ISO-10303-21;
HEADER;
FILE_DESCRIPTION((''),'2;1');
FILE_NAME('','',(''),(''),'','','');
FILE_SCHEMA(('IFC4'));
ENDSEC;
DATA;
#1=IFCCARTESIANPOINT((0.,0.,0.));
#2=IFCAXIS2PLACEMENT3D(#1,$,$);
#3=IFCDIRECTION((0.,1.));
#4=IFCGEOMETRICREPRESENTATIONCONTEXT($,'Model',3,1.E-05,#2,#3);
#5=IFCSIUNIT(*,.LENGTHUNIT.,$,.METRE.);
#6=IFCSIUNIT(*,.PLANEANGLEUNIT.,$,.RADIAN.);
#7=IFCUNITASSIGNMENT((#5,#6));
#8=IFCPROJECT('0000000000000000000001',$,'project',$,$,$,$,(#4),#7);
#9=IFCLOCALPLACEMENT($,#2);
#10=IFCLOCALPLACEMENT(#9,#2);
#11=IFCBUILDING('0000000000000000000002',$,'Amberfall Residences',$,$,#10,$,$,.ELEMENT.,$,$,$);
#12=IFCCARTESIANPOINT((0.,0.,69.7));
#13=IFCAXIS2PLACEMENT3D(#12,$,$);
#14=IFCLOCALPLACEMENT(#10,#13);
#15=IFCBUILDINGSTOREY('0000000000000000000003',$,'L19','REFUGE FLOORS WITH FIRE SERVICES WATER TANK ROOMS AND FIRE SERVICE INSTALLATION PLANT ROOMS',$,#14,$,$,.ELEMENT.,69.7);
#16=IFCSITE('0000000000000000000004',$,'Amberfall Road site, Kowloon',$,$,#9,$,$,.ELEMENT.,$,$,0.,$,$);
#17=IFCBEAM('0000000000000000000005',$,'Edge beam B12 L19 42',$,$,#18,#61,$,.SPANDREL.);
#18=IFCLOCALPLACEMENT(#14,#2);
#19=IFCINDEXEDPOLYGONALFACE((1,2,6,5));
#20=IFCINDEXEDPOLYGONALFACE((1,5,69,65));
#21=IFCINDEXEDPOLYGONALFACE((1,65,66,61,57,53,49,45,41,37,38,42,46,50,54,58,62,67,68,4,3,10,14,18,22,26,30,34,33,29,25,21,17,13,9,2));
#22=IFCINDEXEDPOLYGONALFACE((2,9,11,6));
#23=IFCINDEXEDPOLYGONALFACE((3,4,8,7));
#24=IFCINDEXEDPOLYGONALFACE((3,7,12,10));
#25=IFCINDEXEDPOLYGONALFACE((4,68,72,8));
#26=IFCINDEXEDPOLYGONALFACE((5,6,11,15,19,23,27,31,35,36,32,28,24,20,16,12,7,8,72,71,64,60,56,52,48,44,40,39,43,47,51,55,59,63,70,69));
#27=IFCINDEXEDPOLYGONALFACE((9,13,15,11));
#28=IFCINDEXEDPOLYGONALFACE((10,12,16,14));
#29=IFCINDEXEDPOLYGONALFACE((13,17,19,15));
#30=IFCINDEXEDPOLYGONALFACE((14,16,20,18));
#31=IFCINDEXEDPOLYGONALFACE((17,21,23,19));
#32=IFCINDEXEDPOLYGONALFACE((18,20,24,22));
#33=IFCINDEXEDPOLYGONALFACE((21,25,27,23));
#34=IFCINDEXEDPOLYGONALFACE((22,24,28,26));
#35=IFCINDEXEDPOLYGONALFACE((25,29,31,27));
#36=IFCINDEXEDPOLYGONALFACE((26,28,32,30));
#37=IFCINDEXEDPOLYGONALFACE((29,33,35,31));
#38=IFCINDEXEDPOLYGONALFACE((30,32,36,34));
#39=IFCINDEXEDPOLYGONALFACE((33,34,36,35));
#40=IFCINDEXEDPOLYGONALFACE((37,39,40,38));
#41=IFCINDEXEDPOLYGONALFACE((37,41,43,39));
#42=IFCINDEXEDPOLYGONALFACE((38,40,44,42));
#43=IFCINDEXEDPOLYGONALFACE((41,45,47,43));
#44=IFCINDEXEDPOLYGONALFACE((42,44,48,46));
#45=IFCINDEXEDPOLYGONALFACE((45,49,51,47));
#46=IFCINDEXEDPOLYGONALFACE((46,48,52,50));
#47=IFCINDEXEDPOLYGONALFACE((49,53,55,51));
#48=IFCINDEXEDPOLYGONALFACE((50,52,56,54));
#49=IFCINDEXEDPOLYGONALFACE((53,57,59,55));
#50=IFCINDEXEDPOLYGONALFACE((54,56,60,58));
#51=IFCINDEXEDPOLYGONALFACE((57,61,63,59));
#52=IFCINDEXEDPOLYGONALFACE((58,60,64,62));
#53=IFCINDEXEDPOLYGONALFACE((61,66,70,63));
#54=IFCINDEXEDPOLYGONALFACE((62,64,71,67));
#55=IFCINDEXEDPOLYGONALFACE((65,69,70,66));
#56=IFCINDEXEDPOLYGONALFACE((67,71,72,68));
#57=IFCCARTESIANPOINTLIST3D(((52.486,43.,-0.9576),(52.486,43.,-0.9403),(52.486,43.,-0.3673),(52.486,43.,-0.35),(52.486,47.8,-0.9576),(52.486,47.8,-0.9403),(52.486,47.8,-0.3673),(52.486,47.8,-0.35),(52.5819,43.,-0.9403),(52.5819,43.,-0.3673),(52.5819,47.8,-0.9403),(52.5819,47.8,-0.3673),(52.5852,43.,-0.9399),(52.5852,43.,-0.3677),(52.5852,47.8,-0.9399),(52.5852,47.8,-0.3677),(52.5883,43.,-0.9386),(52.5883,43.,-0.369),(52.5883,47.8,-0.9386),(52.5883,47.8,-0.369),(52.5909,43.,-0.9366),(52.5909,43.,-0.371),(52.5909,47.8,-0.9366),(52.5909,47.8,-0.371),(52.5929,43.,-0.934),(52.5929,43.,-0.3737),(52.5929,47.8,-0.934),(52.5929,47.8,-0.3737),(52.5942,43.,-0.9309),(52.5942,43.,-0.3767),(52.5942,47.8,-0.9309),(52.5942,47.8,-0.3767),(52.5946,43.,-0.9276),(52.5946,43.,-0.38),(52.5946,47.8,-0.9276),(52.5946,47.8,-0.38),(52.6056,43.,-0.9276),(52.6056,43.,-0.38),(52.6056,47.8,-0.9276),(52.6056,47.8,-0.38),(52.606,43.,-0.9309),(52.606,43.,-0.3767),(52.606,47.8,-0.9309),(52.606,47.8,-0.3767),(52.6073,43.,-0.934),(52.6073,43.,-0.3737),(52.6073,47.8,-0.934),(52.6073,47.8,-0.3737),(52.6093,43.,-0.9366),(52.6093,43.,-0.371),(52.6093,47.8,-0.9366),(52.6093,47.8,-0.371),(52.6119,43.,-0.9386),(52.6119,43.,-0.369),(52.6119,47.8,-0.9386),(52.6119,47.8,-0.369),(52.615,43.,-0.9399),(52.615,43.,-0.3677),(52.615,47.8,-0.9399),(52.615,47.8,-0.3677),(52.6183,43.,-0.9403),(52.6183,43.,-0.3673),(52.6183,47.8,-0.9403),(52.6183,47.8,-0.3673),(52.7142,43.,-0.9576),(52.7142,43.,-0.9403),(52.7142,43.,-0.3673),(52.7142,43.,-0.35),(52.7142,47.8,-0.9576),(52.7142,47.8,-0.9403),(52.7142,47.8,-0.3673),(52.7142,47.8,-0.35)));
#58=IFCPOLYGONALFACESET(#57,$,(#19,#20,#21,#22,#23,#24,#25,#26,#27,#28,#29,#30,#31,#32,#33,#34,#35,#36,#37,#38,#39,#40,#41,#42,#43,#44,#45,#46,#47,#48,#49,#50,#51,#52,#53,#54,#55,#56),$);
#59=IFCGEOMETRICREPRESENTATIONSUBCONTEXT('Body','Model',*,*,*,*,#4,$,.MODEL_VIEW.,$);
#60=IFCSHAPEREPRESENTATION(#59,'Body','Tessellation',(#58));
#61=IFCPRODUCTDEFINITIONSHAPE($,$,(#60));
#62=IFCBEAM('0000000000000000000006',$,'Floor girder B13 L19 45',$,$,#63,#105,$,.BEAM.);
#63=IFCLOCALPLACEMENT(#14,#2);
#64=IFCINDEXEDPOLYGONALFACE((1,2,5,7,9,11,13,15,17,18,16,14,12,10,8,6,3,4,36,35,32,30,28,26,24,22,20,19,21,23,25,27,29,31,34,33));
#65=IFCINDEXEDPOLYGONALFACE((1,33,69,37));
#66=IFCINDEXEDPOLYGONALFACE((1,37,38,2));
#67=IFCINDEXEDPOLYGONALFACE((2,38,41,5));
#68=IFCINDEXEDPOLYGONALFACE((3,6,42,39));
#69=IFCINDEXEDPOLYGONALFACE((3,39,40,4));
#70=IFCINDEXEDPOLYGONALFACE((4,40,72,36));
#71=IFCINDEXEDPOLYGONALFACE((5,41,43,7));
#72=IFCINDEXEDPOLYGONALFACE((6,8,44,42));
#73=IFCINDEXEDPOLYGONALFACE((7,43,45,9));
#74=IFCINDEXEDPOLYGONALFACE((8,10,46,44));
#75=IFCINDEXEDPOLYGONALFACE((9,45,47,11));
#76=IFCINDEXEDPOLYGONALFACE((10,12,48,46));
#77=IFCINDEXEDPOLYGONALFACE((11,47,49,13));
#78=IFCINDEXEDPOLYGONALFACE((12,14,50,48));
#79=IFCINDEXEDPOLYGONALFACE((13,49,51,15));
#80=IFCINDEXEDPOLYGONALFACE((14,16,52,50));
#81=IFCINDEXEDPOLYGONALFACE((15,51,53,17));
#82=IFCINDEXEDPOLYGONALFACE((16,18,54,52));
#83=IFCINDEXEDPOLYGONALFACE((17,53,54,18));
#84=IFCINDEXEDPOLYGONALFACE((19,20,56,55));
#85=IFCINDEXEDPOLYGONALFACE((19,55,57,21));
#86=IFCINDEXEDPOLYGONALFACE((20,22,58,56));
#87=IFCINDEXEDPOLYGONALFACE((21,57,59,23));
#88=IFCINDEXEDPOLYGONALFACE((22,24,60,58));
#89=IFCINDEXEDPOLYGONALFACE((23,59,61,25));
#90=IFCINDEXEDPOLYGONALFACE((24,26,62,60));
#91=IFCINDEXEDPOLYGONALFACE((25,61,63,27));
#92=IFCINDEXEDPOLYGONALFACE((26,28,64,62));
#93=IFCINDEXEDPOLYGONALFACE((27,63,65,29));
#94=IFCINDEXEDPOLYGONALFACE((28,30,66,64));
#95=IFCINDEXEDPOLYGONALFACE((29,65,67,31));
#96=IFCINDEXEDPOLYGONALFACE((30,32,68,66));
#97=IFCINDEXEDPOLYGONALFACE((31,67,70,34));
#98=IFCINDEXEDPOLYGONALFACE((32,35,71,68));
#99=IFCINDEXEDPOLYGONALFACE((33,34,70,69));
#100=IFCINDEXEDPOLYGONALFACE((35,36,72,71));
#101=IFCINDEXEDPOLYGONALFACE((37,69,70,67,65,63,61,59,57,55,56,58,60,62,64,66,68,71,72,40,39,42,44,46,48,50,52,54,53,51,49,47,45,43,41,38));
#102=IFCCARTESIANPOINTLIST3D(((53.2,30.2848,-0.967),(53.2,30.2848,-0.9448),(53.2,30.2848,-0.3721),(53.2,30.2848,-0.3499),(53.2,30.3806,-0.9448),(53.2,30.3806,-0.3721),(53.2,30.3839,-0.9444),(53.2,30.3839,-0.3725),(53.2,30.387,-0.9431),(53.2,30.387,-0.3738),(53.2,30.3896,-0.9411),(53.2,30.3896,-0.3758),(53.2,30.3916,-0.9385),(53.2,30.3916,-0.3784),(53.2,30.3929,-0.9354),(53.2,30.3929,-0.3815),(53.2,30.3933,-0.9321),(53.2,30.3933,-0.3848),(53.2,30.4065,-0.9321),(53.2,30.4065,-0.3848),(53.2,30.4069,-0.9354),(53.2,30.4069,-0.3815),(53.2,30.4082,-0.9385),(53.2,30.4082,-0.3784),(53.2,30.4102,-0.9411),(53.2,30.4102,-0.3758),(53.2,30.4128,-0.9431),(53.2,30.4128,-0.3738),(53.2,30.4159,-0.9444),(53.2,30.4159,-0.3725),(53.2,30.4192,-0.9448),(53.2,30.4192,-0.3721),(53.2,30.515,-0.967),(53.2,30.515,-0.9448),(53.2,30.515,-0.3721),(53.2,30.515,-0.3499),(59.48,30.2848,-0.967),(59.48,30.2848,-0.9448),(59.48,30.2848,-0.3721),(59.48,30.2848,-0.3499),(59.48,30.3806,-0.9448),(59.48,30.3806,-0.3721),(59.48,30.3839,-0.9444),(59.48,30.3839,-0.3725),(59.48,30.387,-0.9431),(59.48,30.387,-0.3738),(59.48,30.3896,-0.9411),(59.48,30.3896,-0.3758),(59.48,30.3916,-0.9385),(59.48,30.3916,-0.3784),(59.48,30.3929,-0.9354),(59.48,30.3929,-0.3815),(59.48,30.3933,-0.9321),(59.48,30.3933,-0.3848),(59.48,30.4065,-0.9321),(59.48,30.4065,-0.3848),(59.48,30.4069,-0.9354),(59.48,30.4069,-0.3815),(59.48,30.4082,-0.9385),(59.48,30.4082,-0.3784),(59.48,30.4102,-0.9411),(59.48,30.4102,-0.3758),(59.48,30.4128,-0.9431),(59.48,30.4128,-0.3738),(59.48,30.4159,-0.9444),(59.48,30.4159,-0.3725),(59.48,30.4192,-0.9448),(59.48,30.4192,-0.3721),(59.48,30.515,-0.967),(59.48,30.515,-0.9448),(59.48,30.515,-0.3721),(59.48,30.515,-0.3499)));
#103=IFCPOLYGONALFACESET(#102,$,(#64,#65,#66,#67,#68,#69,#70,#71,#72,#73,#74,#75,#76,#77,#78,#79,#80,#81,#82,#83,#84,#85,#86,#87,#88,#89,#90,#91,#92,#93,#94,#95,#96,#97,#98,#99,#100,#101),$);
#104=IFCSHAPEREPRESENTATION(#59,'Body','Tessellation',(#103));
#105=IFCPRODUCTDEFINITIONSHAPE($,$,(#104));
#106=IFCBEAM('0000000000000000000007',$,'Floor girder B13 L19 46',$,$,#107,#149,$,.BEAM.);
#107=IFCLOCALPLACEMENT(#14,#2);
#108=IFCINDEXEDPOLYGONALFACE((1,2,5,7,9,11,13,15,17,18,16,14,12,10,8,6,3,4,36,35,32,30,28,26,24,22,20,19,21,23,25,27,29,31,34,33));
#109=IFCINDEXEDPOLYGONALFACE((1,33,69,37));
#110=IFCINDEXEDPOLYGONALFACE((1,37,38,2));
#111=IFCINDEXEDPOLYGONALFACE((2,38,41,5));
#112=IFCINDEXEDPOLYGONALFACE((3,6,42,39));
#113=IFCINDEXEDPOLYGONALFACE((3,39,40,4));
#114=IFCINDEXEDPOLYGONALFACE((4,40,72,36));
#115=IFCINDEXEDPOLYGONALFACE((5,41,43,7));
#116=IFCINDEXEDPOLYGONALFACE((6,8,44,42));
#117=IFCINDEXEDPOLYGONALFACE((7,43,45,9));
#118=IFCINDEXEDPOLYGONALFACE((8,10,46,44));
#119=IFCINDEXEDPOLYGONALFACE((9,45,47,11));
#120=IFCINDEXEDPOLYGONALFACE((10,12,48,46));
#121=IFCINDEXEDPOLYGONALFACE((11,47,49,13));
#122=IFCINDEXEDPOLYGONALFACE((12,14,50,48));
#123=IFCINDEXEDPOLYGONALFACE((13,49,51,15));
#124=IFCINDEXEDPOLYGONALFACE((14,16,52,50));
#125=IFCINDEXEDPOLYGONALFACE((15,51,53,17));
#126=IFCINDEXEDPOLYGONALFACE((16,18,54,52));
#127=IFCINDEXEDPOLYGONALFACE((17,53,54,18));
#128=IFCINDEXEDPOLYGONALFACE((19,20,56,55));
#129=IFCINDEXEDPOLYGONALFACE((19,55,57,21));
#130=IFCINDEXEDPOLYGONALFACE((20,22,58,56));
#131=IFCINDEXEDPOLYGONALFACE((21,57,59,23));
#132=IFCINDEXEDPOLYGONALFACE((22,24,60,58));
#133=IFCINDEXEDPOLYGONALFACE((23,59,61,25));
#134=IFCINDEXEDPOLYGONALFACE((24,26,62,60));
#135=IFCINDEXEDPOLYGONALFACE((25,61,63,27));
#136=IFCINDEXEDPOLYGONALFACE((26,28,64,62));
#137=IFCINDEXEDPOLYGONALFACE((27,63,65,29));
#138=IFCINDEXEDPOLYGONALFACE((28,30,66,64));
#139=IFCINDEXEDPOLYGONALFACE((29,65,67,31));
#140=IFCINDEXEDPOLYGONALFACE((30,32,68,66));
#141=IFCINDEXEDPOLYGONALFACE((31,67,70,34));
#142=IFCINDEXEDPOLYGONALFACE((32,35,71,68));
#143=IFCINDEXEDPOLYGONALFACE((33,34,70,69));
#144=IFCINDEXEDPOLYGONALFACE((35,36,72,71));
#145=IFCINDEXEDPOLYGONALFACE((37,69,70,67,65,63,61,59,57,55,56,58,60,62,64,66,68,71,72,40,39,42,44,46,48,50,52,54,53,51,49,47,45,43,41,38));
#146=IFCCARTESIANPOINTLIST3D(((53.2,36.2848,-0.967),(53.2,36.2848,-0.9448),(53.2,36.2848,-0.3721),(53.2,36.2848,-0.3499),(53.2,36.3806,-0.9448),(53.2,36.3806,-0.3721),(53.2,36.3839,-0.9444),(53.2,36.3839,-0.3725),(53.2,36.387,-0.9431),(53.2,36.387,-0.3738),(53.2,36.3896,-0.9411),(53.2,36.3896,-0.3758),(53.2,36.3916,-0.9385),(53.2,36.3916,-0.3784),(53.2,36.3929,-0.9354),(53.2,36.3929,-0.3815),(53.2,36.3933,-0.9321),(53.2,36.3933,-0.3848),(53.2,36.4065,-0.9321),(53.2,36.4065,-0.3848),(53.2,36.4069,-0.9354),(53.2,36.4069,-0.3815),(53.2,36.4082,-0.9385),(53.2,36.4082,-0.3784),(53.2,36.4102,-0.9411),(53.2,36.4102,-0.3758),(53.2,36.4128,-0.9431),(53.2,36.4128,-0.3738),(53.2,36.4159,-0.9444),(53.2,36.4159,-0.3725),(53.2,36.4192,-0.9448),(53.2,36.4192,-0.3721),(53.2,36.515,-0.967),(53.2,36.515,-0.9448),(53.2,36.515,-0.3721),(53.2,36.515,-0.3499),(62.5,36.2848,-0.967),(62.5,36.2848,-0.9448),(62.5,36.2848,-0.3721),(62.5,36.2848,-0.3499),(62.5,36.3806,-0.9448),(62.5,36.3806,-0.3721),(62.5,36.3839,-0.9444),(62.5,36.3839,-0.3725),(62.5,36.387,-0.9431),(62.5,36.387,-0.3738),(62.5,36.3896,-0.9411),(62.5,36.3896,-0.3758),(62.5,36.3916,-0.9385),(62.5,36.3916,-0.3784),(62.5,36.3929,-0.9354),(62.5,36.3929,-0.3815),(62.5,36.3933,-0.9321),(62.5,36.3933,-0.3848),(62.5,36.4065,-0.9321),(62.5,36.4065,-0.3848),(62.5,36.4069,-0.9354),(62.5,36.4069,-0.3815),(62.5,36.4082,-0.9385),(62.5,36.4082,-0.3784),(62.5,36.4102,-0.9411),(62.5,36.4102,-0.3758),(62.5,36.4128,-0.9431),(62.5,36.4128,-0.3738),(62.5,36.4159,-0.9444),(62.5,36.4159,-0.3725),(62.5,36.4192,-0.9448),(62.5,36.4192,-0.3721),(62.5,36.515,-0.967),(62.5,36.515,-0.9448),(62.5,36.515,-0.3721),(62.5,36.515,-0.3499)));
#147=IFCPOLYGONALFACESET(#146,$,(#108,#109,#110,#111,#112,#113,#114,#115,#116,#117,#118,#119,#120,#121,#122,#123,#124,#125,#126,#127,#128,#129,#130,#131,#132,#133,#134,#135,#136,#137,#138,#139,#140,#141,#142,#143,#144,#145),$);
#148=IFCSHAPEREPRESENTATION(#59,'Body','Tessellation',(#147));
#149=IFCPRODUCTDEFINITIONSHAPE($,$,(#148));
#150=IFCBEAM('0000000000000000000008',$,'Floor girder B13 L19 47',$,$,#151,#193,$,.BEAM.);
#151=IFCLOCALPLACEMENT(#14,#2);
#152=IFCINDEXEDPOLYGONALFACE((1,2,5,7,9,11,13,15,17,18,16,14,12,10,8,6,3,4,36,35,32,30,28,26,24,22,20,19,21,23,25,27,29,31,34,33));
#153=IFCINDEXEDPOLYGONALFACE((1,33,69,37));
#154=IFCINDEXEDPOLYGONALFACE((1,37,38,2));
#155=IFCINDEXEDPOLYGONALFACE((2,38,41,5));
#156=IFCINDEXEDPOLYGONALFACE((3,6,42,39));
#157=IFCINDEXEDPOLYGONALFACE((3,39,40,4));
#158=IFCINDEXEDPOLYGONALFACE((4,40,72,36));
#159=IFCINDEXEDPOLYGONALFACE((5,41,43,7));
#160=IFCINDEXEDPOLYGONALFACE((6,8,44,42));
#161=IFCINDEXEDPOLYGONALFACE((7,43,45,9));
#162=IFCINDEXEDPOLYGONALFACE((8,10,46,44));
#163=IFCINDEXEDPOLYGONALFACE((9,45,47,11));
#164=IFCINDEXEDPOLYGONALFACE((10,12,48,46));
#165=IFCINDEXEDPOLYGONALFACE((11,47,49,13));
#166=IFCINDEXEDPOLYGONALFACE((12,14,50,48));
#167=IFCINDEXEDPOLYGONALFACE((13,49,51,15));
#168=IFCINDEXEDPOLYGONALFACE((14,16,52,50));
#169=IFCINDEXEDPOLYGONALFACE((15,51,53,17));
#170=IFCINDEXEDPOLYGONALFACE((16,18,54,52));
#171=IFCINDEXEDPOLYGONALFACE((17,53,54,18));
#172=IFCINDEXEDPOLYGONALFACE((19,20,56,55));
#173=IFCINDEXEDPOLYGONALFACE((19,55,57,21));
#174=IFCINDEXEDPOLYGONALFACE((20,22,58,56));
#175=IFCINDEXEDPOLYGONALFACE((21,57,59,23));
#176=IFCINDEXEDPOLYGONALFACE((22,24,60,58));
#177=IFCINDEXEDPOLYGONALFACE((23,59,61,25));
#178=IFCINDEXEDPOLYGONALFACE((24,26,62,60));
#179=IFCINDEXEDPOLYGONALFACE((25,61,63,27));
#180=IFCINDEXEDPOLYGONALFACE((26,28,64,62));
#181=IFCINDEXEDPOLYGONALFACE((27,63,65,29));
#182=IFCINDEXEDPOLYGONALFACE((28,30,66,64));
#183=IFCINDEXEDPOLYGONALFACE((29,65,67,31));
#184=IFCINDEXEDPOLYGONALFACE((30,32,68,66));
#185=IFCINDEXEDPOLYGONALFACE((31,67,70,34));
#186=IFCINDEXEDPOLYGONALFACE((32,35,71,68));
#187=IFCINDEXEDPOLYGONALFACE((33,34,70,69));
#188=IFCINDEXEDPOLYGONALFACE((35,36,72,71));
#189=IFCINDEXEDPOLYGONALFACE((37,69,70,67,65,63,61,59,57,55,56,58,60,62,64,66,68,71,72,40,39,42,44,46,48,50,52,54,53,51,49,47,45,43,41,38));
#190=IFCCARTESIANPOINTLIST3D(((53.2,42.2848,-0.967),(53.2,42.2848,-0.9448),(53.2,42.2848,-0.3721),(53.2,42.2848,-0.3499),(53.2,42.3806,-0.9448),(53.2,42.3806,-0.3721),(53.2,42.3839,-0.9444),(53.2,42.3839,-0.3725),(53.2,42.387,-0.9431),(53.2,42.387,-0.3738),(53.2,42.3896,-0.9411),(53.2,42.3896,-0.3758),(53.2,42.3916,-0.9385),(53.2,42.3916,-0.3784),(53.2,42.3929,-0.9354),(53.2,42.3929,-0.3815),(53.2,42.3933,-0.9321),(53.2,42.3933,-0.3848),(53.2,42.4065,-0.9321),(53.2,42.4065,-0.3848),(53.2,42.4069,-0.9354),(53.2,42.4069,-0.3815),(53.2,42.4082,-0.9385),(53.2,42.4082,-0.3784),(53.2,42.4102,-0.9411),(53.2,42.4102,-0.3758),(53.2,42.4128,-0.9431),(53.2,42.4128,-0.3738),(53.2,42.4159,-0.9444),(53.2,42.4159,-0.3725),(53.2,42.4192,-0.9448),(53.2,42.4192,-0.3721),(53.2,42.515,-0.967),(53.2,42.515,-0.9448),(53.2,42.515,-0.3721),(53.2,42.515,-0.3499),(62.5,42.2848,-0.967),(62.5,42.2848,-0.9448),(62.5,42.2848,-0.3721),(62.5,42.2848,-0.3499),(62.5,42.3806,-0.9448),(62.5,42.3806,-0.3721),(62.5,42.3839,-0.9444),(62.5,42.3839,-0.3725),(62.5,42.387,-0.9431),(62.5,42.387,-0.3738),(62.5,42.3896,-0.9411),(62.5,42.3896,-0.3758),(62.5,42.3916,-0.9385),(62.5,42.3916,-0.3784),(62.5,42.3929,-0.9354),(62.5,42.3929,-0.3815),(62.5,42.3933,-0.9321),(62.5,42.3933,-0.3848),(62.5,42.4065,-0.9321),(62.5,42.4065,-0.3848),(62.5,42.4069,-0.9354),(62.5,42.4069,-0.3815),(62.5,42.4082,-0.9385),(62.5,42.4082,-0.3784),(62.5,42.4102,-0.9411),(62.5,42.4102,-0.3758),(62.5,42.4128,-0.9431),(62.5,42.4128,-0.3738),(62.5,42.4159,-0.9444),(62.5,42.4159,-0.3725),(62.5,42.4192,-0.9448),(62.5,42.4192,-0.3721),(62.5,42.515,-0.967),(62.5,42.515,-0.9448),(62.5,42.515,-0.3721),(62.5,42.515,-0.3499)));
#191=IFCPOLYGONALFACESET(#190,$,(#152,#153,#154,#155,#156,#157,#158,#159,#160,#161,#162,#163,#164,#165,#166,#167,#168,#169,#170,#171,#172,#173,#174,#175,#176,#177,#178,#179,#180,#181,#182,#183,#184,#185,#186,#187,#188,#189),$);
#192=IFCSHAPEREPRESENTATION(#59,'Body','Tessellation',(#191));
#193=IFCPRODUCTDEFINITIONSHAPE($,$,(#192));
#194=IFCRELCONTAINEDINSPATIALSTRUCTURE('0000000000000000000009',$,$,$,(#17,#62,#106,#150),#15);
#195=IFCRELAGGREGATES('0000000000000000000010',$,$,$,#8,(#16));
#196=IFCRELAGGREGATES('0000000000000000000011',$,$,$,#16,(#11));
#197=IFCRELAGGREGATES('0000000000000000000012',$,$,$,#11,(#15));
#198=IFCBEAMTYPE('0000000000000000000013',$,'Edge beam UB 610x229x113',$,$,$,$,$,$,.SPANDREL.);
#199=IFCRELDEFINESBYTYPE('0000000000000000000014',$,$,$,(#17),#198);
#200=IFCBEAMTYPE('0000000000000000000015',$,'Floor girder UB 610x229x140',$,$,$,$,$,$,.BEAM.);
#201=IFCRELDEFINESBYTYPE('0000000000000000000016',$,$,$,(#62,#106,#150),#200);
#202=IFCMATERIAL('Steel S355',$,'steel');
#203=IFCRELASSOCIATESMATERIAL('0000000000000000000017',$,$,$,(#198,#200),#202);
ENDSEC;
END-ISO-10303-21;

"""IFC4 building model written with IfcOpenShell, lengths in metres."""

from ifc_helpers import new_model, si_unit, direction, frame, origin, origin_2d, place, context, subcontext, project, spatial, i_section, extrude, material, material_profile, profile_set, type_object, element, save


model = new_model("IFC4")

# Units and contexts
model_context = context("Model", 3, precision=1e-05, world=origin(), true_north=direction((0.0, 1.0)))
body_context = subcontext(model_context, "Body", "Model", "MODEL_VIEW")
ifc_project = project(units=[si_unit("LENGTHUNIT", "METRE"), si_unit("PLANEANGLEUNIT", "RADIAN")], contexts=[model_context])

# Site, building, storey
site_placement = place(None, origin())
site = spatial("IfcSite", under=ifc_project, at=site_placement, Name="Amberfall Road site, Kowloon", CompositionType="ELEMENT", RefElevation=0.0)
building_placement = place(site_placement, origin())
building = spatial("IfcBuilding", under=site, at=building_placement, Name="Amberfall Residences", CompositionType="ELEMENT")
storey_placement = place(building_placement, frame((0.0, 0.0, 69.7)))
storey = spatial("IfcBuildingStorey", under=building, at=storey_placement, Name="L19", Description="REFUGE FLOORS WITH FIRE SERVICES WATER TANK ROOMS AND FIRE SERVICE INSTALLATION PLANT ROOMS", CompositionType="ELEMENT", Elevation=69.7)

# Shared definitions
ifc_material_1 = material(Name="Steel S355", Category="steel")

# Beams
ifc_material_profile_1 = material_profile(ifc_material_1, i_section(OverallWidth=0.2283, OverallDepth=0.6077, WebThickness=0.011, FlangeThickness=0.0173, FilletRadius=0.0127, at=origin_2d()), Name="UB 610x229x113")
ifc_profile_set_1 = profile_set([ifc_material_profile_1], Name="Steel S355")
beam_type_1 = type_object("IfcBeamType", Name="Edge beam UB 610x229x113", PredefinedType="SPANDREL", material=ifc_profile_set_1)
beam_1_placement = place(storey_placement, frame((52.6001, 43.0, -0.6538), z_axis=(0.0, 1.0, 0.0), x_axis=(-1.0, 0.0, 0.0)))
element("IfcBeam", 1, at=beam_1_placement, inside=storey, type_object=beam_type_1, Name="Edge beam B12 L19 42", PredefinedType="SPANDREL", context=body_context, shape_type="SweptSolid", body=[
    extrude(i_section(OverallWidth=0.2283, OverallDepth=0.6077, WebThickness=0.011, FlangeThickness=0.0173, FilletRadius=0.0127, at=origin_2d()), origin(), (0.0, 0.0, 1.0), 4.8),
])
ifc_material_profile_2 = material_profile(ifc_material_1, i_section(OverallWidth=0.2302, OverallDepth=0.6172, WebThickness=0.0132, FlangeThickness=0.0222, FilletRadius=0.0127, at=origin_2d()), Name="UB 610x229x140")
ifc_profile_set_2 = profile_set([ifc_material_profile_2], Name="Steel S355")
beam_type_2 = type_object("IfcBeamType", Name="Floor girder UB 610x229x140", PredefinedType="BEAM", material=ifc_profile_set_2)
beam_2_placement = place(storey_placement, frame((53.2, 30.3999, -0.6584), z_axis=(1.0, 0.0, 0.0), x_axis=(0.0, 1.0, 0.0)))
element("IfcBeam", 2, at=beam_2_placement, inside=storey, type_object=beam_type_2, Name="Floor girder B13 L19 45", PredefinedType="BEAM", context=body_context, shape_type="SweptSolid", body=[
    extrude(i_section(OverallWidth=0.2302, OverallDepth=0.6172, WebThickness=0.0132, FlangeThickness=0.0222, FilletRadius=0.0127, at=origin_2d()), origin(), (0.0, 0.0, 1.0), 6.28),
])
for number, where, z_axis, x_axis, name in (
    (3, (53.2, 36.3999, -0.6584), (1.0, 0.0, 0.0), (0.0, 1.0, 0.0), "Floor girder B13 L19 46"),
    (4, (53.2, 42.3999, -0.6584), (1.0, 0.0, 0.0), (0.0, 1.0, 0.0), "Floor girder B13 L19 47"),
):
    element("IfcBeam", number, at=place(storey_placement, frame(where, z_axis=z_axis, x_axis=x_axis)), inside=storey, type_object=beam_type_2, Name=name, PredefinedType="BEAM", context=body_context, shape_type="SweptSolid", body=[
        extrude(i_section(OverallWidth=0.2302, OverallDepth=0.6172, WebThickness=0.0132, FlangeThickness=0.0222, FilletRadius=0.0127, at=origin_2d()), origin(), (0.0, 0.0, 1.0), 9.3),
    ])

save(model, "model.ifc")
